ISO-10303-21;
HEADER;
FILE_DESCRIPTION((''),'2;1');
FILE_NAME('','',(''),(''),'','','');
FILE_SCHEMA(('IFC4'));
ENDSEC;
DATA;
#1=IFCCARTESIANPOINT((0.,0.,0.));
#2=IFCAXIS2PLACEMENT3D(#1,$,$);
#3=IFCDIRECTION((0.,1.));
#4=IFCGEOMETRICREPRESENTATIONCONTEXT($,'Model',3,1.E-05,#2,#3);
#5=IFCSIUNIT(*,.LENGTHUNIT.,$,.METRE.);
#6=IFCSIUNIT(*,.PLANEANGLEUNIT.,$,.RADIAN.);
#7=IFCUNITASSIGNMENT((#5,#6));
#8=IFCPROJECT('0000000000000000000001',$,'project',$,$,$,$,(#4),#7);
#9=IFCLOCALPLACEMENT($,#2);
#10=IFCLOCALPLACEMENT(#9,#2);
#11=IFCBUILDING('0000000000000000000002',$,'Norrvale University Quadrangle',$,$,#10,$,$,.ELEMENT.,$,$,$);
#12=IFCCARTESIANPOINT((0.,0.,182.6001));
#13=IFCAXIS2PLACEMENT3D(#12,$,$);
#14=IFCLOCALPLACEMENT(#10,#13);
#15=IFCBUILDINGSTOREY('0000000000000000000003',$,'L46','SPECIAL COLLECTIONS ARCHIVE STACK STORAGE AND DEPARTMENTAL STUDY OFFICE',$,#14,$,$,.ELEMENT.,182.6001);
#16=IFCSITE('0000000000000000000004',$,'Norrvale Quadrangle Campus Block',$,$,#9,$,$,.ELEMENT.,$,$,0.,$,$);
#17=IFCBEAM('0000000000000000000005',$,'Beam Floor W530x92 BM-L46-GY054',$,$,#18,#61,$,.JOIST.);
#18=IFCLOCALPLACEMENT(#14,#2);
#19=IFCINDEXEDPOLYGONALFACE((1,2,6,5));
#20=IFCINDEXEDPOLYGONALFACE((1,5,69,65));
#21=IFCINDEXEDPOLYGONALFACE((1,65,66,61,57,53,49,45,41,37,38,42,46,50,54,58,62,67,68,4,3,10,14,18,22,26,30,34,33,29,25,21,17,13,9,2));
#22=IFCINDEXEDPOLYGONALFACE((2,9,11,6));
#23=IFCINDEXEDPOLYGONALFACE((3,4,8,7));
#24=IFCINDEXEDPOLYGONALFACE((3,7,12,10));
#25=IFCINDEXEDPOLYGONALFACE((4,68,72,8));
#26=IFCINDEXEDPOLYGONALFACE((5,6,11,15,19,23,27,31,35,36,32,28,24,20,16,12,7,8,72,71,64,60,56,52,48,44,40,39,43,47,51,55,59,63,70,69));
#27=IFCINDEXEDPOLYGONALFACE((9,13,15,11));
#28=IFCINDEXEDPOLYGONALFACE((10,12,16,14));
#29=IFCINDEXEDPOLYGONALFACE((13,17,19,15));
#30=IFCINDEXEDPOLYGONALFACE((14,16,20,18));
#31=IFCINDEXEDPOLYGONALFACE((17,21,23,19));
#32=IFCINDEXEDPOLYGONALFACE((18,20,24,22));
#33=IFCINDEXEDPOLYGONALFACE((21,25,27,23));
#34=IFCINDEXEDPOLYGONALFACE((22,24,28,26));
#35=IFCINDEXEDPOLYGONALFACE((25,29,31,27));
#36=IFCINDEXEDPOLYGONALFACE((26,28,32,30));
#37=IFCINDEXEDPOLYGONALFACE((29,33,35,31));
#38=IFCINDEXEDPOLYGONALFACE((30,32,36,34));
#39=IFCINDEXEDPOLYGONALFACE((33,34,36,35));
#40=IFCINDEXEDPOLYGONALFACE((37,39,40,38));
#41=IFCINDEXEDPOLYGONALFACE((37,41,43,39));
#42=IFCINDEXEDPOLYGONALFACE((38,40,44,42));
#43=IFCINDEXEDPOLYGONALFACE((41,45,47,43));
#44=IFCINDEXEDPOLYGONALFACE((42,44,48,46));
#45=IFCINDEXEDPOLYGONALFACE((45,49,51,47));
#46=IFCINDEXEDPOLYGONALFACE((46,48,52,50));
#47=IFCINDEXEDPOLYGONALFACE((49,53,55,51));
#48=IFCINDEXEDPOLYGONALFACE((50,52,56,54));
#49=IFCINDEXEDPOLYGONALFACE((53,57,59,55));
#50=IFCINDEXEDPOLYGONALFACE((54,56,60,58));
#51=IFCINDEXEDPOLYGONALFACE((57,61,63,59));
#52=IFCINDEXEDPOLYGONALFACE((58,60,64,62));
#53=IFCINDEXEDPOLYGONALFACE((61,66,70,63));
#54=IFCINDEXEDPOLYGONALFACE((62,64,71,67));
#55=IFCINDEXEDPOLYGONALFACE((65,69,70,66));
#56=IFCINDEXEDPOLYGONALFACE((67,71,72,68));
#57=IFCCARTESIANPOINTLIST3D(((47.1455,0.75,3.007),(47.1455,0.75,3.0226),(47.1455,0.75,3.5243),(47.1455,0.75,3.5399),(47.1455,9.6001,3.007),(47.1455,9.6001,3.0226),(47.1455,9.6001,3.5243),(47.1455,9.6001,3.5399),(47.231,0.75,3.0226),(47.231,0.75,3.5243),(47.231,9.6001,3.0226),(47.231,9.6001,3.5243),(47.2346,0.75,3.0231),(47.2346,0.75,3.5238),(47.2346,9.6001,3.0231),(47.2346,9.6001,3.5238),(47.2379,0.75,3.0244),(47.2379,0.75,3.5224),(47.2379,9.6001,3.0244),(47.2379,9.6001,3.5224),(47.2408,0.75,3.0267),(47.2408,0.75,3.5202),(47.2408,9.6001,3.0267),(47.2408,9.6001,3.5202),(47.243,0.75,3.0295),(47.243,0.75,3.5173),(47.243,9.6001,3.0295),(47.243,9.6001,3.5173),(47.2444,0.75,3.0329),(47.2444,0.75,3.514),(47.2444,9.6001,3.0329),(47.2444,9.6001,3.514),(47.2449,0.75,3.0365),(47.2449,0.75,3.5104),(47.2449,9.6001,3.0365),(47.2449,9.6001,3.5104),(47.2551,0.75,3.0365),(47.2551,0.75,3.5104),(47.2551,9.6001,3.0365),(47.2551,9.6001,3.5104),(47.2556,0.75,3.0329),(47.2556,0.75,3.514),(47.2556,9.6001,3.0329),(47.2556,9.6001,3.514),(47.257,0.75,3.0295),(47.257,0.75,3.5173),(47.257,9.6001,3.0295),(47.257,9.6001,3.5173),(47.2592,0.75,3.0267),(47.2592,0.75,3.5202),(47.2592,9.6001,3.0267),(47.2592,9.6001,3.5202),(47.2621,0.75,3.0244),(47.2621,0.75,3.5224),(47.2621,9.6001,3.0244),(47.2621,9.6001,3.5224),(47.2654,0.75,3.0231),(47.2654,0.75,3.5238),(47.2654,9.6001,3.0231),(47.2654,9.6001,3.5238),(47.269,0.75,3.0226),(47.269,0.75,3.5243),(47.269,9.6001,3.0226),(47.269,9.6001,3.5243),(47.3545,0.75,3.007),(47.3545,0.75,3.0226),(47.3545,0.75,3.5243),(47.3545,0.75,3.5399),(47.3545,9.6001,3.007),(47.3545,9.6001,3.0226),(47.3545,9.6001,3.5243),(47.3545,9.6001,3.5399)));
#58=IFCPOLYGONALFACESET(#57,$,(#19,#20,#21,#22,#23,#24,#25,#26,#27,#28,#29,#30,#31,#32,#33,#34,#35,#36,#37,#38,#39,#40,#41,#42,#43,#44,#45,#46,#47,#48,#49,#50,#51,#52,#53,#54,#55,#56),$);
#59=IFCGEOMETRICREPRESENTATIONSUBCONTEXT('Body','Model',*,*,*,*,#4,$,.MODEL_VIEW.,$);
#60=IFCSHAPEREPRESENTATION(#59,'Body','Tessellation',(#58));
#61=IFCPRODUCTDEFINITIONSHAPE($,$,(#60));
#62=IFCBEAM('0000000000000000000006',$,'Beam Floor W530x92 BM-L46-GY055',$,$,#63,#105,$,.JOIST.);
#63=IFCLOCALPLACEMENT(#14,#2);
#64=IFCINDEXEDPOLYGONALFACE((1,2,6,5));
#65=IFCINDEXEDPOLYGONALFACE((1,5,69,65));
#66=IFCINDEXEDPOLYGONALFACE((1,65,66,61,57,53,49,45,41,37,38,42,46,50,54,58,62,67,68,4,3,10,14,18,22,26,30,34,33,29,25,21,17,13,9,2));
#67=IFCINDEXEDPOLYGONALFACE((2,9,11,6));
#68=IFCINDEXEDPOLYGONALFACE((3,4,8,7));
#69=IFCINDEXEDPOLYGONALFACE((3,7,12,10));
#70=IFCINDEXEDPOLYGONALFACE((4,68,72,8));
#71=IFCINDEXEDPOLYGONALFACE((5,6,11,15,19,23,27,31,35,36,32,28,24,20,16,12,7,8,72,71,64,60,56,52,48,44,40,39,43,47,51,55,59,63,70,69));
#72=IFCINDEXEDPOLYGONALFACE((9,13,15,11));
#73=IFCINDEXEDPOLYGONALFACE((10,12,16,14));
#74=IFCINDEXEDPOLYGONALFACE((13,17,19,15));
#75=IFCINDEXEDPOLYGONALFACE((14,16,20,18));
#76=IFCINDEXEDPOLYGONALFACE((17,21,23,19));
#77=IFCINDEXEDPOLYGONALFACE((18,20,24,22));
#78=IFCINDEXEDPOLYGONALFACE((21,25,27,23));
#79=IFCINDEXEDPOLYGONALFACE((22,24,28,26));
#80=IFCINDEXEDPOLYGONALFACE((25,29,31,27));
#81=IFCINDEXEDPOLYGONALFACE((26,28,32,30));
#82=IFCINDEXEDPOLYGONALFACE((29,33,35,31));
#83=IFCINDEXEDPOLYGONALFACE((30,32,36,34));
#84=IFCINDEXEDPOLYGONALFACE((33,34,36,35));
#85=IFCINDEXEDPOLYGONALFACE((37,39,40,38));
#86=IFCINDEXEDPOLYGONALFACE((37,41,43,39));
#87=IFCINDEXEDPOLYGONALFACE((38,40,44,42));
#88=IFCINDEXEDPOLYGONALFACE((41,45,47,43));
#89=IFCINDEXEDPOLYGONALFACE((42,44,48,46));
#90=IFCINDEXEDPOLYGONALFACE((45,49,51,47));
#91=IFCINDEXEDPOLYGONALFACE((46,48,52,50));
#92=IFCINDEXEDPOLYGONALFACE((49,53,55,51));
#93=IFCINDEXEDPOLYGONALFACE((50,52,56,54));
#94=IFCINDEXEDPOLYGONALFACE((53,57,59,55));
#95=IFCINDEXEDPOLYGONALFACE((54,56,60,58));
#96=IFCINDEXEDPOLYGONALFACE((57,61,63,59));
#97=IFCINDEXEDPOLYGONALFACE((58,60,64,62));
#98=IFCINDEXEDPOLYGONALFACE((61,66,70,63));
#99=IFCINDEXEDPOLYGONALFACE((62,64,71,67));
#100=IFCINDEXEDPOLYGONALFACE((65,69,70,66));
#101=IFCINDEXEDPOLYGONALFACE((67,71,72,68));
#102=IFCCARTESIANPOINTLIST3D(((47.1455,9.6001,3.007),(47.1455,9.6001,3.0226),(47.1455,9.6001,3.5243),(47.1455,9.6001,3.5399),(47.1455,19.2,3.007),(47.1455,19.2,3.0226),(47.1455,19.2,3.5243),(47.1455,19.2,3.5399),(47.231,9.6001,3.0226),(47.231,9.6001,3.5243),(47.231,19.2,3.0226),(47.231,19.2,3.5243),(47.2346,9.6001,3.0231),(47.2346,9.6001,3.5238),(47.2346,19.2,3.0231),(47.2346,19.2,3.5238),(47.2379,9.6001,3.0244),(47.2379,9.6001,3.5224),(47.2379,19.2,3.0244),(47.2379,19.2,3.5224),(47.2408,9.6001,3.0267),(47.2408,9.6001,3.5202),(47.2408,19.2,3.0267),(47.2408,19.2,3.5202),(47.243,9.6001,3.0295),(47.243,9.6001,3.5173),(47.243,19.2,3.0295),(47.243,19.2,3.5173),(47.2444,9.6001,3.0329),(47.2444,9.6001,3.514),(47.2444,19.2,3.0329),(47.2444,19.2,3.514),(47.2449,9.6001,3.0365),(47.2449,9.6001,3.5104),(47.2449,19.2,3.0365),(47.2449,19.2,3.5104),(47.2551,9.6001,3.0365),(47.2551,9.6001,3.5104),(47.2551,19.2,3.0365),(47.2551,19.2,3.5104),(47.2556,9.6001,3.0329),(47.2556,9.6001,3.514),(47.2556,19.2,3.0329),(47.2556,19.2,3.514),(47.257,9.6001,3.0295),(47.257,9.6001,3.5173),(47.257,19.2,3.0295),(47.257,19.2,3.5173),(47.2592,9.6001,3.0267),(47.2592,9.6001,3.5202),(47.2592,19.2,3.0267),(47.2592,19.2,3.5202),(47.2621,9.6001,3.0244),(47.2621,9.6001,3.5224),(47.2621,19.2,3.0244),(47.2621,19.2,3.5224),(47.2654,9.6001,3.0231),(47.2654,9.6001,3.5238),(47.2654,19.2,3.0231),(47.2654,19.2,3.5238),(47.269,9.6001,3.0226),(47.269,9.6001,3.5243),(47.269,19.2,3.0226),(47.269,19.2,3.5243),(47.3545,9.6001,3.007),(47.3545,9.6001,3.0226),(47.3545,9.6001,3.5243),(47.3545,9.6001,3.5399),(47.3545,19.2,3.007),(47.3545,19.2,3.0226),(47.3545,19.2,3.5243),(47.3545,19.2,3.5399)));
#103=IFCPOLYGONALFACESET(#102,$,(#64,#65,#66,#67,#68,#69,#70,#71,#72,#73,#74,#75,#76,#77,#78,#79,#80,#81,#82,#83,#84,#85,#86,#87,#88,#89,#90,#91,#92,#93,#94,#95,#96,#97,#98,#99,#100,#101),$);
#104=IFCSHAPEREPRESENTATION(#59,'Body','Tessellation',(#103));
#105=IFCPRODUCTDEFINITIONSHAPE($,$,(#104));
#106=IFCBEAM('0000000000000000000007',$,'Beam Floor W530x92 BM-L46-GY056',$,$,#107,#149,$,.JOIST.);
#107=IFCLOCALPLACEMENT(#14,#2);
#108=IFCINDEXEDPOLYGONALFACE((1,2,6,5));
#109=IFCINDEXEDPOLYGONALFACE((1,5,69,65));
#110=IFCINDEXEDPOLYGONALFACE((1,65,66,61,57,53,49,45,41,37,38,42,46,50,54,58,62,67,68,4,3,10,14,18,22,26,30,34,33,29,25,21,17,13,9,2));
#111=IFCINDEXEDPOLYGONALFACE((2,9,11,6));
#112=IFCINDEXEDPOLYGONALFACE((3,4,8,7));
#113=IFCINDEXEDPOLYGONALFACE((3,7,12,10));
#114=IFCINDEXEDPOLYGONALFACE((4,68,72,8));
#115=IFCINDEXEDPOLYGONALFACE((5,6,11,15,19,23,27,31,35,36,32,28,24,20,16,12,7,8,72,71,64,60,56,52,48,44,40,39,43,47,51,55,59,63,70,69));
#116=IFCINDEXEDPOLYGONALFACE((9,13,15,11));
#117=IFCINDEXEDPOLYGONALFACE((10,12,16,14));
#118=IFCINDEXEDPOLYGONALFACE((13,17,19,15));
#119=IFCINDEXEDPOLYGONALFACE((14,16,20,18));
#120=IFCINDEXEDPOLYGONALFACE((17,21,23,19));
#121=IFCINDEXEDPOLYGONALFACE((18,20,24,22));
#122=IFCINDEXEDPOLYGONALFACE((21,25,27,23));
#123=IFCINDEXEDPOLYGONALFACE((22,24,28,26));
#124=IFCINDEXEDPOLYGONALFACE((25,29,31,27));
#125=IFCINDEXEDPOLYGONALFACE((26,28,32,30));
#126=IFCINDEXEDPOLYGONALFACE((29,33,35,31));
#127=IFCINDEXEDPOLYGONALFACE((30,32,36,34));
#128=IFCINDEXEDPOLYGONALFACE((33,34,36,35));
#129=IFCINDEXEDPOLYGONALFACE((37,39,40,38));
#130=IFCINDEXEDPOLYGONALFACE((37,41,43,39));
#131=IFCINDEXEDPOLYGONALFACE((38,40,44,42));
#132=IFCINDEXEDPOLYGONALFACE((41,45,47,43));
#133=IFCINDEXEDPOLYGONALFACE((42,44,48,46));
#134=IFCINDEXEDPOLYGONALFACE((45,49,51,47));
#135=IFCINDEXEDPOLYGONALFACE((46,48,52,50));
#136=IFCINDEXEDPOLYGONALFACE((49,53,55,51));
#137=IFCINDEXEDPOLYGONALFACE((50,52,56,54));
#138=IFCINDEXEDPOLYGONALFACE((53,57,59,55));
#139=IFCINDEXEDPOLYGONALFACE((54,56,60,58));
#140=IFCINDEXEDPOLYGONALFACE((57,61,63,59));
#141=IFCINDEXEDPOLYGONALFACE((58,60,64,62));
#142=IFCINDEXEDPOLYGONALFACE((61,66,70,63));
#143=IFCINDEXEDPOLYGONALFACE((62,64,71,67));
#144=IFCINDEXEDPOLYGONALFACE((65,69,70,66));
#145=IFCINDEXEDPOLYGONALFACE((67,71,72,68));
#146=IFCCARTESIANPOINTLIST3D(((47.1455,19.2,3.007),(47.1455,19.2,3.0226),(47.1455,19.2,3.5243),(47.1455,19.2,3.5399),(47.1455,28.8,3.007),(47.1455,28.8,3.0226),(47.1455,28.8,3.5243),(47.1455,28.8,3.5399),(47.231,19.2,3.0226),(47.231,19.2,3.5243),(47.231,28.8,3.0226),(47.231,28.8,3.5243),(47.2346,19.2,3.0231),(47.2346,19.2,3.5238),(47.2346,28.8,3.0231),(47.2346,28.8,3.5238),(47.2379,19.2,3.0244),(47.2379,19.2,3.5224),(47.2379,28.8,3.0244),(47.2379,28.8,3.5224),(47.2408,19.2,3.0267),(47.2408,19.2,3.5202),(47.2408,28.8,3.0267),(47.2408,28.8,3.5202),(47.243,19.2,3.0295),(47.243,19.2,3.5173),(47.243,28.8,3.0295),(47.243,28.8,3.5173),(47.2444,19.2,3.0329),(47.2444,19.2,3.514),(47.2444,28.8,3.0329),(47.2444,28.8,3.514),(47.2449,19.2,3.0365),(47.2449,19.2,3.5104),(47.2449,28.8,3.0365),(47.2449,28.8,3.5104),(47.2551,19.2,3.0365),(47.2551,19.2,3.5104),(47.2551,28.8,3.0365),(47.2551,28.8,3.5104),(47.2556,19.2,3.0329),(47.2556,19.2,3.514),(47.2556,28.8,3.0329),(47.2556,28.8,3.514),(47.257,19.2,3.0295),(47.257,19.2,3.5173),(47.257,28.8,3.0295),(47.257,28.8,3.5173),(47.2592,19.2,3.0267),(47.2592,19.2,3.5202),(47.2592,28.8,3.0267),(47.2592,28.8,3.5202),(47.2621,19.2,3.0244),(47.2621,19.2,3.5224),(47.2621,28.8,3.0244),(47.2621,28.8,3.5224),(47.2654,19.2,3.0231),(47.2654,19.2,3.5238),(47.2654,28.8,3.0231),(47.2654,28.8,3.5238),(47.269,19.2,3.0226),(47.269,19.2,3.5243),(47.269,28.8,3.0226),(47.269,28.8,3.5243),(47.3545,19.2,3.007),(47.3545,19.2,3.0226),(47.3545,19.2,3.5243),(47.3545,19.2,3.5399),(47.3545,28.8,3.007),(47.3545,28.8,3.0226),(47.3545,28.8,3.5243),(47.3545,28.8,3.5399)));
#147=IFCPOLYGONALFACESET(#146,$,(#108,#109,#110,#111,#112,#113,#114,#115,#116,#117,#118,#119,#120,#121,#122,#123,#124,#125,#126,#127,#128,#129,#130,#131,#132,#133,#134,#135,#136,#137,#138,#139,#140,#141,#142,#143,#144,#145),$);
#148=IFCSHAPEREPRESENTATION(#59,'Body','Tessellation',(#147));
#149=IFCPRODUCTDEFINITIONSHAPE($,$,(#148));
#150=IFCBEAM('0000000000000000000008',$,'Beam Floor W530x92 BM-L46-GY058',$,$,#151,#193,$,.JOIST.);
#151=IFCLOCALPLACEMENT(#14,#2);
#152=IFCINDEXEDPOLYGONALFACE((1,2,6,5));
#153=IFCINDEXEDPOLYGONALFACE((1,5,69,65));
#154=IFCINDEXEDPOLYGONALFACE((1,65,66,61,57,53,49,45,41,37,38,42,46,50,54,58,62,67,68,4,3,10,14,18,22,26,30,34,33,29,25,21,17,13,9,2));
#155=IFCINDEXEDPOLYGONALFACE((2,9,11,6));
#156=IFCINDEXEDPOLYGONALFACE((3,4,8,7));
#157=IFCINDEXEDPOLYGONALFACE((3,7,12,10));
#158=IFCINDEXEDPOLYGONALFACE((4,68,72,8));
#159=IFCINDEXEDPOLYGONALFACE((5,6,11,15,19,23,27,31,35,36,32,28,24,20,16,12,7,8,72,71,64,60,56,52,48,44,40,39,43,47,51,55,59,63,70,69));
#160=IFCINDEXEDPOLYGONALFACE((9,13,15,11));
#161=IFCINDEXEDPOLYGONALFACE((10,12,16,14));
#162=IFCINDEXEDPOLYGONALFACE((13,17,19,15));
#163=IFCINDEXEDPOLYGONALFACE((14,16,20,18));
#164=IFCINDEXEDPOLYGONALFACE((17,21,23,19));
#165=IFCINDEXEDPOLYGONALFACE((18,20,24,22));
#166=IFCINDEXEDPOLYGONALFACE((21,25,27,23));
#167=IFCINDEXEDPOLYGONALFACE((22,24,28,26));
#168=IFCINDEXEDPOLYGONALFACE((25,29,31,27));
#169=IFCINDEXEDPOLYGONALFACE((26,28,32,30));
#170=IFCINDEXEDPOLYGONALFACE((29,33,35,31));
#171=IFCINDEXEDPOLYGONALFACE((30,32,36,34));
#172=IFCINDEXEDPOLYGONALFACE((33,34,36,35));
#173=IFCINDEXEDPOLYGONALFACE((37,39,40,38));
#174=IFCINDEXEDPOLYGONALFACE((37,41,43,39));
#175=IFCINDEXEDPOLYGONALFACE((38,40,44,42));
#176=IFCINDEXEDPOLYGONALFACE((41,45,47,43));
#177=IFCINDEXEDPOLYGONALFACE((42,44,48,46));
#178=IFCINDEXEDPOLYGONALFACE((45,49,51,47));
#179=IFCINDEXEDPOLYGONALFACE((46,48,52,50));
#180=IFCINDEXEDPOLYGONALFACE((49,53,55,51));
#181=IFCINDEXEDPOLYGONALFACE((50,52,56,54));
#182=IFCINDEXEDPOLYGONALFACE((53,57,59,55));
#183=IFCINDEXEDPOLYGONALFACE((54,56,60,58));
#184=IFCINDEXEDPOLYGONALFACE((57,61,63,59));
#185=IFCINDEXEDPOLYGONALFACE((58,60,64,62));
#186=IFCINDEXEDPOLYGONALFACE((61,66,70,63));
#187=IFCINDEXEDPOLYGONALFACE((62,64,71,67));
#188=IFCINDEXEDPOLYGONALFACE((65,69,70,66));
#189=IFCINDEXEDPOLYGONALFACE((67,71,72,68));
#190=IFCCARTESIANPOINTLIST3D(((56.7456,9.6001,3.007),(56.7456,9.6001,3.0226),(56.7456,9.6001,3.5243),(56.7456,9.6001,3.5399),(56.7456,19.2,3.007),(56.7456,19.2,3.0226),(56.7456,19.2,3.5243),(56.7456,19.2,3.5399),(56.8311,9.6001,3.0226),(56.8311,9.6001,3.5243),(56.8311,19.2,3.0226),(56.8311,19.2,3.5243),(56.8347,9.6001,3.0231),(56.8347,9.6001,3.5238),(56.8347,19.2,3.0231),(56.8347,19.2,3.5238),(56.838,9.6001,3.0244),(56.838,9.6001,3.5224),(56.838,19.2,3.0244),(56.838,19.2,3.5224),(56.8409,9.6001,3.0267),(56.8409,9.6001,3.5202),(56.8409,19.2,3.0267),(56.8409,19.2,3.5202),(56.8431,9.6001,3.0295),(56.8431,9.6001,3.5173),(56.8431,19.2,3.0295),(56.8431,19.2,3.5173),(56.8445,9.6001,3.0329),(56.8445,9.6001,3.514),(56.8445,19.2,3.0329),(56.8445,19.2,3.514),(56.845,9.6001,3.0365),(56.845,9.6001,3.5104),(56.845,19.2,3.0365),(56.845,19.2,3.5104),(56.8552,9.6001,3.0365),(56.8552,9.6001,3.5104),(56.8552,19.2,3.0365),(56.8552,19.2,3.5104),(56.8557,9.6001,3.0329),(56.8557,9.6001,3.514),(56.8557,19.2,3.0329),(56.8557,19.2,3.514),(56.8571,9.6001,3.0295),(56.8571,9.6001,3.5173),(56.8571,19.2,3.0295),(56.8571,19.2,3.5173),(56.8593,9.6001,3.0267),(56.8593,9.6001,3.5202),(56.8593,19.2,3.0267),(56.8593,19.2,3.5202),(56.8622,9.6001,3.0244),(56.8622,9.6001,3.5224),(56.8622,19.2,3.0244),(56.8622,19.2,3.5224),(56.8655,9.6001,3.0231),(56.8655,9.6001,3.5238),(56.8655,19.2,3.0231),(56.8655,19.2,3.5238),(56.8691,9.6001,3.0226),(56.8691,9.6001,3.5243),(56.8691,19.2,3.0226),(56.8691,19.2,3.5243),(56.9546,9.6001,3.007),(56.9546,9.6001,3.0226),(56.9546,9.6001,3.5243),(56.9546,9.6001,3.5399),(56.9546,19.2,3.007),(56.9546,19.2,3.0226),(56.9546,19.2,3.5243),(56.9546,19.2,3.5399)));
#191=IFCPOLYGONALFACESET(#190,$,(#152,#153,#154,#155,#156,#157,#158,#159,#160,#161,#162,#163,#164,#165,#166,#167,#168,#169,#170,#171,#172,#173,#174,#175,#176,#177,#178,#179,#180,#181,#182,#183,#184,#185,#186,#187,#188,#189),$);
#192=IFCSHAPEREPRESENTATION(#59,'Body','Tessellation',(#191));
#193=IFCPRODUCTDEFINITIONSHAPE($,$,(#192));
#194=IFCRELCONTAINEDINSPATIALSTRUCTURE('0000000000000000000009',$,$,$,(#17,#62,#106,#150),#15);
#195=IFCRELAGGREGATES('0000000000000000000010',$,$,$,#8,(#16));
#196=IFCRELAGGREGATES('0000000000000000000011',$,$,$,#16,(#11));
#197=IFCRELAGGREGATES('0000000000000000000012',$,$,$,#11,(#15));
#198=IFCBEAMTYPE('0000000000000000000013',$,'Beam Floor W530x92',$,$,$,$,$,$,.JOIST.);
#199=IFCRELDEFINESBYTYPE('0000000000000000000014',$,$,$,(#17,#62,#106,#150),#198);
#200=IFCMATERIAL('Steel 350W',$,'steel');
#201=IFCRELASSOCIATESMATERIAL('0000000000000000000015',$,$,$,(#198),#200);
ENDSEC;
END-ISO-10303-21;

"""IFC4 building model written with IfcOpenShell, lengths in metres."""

from ifc_helpers import new_model, si_unit, direction, frame, origin, origin_2d, place, context, subcontext, project, spatial, i_section, extrude, material, material_profile, profile_set, type_object, element, save


model = new_model("IFC4")

# Units and contexts
model_context = context("Model", 3, precision=1e-05, world=origin(), true_north=direction((0.0, 1.0)))
body_context = subcontext(model_context, "Body", "Model", "MODEL_VIEW")
ifc_project = project(units=[si_unit("LENGTHUNIT", "METRE"), si_unit("PLANEANGLEUNIT", "RADIAN")], contexts=[model_context])

# Site, building, storey
site_placement = place(None, origin())
site = spatial("IfcSite", under=ifc_project, at=site_placement, Name="Norrvale Quadrangle Campus Block", CompositionType="ELEMENT", RefElevation=0.0)
building_placement = place(site_placement, origin())
building = spatial("IfcBuilding", under=site, at=building_placement, Name="Norrvale University Quadrangle", CompositionType="ELEMENT")
storey_placement = place(building_placement, frame((0.0, 0.0, 182.6001)))
storey = spatial("IfcBuildingStorey", under=building, at=storey_placement, Name="L46", Description="SPECIAL COLLECTIONS ARCHIVE STACK STORAGE AND DEPARTMENTAL STUDY OFFICE", CompositionType="ELEMENT", Elevation=182.6001)

# Beams
ifc_material_1 = material(Name="Steel 350W", Category="steel")
ifc_material_profile_1 = material_profile(ifc_material_1, i_section(OverallWidth=0.209, OverallDepth=0.533, WebThickness=0.0103, FlangeThickness=0.0156, FilletRadius=0.0139, at=origin_2d()), Name="Steel 350W")
ifc_profile_set_1 = profile_set([ifc_material_profile_1], Name="Steel 350W")
beam_type_1 = type_object("IfcBeamType", Name="Beam Floor W530x92", PredefinedType="JOIST", material=ifc_profile_set_1)
beam_1_placement = place(storey_placement, frame((47.25, 0.75, 3.2734), z_axis=(0.0, 1.0, 0.0), x_axis=(-1.0, 0.0, 0.0)))
element("IfcBeam", 1, at=beam_1_placement, inside=storey, type_object=beam_type_1, Name="Beam Floor W530x92 BM-L46-GY054", PredefinedType="JOIST", context=body_context, shape_type="SweptSolid", body=[
    extrude(i_section(OverallWidth=0.209, OverallDepth=0.533, WebThickness=0.0103, FlangeThickness=0.0156, FilletRadius=0.0139, at=origin_2d()), origin(), (0.0, 0.0, 1.0), 8.8501),
])
beam_2_placement = place(storey_placement, frame((47.25, 9.6001, 3.2734), z_axis=(0.0, 1.0, 0.0), x_axis=(-1.0, 0.0, 0.0)))
element("IfcBeam", 2, at=beam_2_placement, inside=storey, type_object=beam_type_1, Name="Beam Floor W530x92 BM-L46-GY055", PredefinedType="JOIST", context=body_context, shape_type="SweptSolid", body=[
    extrude(i_section(OverallWidth=0.209, OverallDepth=0.533, WebThickness=0.0103, FlangeThickness=0.0156, FilletRadius=0.0139, at=origin_2d()), origin(), (0.0, 0.0, 1.0), 9.5999),
])
beam_3_placement = place(storey_placement, frame((47.25, 19.2, 3.2734), z_axis=(0.0, 1.0, 0.0), x_axis=(-1.0, 0.0, 0.0)))
element("IfcBeam", 3, at=beam_3_placement, inside=storey, type_object=beam_type_1, Name="Beam Floor W530x92 BM-L46-GY056", PredefinedType="JOIST", context=body_context, shape_type="SweptSolid", body=[
    extrude(i_section(OverallWidth=0.209, OverallDepth=0.533, WebThickness=0.0103, FlangeThickness=0.0156, FilletRadius=0.0139, at=origin_2d()), origin(), (0.0, 0.0, 1.0), 9.6001),
])
beam_4_placement = place(storey_placement, frame((56.8501, 9.6001, 3.2734), z_axis=(0.0, 1.0, 0.0), x_axis=(-1.0, 0.0, 0.0)))
element("IfcBeam", 4, at=beam_4_placement, inside=storey, type_object=beam_type_1, Name="Beam Floor W530x92 BM-L46-GY058", PredefinedType="JOIST", context=body_context, shape_type="SweptSolid", body=[
    extrude(i_section(OverallWidth=0.209, OverallDepth=0.533, WebThickness=0.0103, FlangeThickness=0.0156, FilletRadius=0.0139, at=origin_2d()), origin(), (0.0, 0.0, 1.0), 9.5999),
])

save(model, "model.ifc")
